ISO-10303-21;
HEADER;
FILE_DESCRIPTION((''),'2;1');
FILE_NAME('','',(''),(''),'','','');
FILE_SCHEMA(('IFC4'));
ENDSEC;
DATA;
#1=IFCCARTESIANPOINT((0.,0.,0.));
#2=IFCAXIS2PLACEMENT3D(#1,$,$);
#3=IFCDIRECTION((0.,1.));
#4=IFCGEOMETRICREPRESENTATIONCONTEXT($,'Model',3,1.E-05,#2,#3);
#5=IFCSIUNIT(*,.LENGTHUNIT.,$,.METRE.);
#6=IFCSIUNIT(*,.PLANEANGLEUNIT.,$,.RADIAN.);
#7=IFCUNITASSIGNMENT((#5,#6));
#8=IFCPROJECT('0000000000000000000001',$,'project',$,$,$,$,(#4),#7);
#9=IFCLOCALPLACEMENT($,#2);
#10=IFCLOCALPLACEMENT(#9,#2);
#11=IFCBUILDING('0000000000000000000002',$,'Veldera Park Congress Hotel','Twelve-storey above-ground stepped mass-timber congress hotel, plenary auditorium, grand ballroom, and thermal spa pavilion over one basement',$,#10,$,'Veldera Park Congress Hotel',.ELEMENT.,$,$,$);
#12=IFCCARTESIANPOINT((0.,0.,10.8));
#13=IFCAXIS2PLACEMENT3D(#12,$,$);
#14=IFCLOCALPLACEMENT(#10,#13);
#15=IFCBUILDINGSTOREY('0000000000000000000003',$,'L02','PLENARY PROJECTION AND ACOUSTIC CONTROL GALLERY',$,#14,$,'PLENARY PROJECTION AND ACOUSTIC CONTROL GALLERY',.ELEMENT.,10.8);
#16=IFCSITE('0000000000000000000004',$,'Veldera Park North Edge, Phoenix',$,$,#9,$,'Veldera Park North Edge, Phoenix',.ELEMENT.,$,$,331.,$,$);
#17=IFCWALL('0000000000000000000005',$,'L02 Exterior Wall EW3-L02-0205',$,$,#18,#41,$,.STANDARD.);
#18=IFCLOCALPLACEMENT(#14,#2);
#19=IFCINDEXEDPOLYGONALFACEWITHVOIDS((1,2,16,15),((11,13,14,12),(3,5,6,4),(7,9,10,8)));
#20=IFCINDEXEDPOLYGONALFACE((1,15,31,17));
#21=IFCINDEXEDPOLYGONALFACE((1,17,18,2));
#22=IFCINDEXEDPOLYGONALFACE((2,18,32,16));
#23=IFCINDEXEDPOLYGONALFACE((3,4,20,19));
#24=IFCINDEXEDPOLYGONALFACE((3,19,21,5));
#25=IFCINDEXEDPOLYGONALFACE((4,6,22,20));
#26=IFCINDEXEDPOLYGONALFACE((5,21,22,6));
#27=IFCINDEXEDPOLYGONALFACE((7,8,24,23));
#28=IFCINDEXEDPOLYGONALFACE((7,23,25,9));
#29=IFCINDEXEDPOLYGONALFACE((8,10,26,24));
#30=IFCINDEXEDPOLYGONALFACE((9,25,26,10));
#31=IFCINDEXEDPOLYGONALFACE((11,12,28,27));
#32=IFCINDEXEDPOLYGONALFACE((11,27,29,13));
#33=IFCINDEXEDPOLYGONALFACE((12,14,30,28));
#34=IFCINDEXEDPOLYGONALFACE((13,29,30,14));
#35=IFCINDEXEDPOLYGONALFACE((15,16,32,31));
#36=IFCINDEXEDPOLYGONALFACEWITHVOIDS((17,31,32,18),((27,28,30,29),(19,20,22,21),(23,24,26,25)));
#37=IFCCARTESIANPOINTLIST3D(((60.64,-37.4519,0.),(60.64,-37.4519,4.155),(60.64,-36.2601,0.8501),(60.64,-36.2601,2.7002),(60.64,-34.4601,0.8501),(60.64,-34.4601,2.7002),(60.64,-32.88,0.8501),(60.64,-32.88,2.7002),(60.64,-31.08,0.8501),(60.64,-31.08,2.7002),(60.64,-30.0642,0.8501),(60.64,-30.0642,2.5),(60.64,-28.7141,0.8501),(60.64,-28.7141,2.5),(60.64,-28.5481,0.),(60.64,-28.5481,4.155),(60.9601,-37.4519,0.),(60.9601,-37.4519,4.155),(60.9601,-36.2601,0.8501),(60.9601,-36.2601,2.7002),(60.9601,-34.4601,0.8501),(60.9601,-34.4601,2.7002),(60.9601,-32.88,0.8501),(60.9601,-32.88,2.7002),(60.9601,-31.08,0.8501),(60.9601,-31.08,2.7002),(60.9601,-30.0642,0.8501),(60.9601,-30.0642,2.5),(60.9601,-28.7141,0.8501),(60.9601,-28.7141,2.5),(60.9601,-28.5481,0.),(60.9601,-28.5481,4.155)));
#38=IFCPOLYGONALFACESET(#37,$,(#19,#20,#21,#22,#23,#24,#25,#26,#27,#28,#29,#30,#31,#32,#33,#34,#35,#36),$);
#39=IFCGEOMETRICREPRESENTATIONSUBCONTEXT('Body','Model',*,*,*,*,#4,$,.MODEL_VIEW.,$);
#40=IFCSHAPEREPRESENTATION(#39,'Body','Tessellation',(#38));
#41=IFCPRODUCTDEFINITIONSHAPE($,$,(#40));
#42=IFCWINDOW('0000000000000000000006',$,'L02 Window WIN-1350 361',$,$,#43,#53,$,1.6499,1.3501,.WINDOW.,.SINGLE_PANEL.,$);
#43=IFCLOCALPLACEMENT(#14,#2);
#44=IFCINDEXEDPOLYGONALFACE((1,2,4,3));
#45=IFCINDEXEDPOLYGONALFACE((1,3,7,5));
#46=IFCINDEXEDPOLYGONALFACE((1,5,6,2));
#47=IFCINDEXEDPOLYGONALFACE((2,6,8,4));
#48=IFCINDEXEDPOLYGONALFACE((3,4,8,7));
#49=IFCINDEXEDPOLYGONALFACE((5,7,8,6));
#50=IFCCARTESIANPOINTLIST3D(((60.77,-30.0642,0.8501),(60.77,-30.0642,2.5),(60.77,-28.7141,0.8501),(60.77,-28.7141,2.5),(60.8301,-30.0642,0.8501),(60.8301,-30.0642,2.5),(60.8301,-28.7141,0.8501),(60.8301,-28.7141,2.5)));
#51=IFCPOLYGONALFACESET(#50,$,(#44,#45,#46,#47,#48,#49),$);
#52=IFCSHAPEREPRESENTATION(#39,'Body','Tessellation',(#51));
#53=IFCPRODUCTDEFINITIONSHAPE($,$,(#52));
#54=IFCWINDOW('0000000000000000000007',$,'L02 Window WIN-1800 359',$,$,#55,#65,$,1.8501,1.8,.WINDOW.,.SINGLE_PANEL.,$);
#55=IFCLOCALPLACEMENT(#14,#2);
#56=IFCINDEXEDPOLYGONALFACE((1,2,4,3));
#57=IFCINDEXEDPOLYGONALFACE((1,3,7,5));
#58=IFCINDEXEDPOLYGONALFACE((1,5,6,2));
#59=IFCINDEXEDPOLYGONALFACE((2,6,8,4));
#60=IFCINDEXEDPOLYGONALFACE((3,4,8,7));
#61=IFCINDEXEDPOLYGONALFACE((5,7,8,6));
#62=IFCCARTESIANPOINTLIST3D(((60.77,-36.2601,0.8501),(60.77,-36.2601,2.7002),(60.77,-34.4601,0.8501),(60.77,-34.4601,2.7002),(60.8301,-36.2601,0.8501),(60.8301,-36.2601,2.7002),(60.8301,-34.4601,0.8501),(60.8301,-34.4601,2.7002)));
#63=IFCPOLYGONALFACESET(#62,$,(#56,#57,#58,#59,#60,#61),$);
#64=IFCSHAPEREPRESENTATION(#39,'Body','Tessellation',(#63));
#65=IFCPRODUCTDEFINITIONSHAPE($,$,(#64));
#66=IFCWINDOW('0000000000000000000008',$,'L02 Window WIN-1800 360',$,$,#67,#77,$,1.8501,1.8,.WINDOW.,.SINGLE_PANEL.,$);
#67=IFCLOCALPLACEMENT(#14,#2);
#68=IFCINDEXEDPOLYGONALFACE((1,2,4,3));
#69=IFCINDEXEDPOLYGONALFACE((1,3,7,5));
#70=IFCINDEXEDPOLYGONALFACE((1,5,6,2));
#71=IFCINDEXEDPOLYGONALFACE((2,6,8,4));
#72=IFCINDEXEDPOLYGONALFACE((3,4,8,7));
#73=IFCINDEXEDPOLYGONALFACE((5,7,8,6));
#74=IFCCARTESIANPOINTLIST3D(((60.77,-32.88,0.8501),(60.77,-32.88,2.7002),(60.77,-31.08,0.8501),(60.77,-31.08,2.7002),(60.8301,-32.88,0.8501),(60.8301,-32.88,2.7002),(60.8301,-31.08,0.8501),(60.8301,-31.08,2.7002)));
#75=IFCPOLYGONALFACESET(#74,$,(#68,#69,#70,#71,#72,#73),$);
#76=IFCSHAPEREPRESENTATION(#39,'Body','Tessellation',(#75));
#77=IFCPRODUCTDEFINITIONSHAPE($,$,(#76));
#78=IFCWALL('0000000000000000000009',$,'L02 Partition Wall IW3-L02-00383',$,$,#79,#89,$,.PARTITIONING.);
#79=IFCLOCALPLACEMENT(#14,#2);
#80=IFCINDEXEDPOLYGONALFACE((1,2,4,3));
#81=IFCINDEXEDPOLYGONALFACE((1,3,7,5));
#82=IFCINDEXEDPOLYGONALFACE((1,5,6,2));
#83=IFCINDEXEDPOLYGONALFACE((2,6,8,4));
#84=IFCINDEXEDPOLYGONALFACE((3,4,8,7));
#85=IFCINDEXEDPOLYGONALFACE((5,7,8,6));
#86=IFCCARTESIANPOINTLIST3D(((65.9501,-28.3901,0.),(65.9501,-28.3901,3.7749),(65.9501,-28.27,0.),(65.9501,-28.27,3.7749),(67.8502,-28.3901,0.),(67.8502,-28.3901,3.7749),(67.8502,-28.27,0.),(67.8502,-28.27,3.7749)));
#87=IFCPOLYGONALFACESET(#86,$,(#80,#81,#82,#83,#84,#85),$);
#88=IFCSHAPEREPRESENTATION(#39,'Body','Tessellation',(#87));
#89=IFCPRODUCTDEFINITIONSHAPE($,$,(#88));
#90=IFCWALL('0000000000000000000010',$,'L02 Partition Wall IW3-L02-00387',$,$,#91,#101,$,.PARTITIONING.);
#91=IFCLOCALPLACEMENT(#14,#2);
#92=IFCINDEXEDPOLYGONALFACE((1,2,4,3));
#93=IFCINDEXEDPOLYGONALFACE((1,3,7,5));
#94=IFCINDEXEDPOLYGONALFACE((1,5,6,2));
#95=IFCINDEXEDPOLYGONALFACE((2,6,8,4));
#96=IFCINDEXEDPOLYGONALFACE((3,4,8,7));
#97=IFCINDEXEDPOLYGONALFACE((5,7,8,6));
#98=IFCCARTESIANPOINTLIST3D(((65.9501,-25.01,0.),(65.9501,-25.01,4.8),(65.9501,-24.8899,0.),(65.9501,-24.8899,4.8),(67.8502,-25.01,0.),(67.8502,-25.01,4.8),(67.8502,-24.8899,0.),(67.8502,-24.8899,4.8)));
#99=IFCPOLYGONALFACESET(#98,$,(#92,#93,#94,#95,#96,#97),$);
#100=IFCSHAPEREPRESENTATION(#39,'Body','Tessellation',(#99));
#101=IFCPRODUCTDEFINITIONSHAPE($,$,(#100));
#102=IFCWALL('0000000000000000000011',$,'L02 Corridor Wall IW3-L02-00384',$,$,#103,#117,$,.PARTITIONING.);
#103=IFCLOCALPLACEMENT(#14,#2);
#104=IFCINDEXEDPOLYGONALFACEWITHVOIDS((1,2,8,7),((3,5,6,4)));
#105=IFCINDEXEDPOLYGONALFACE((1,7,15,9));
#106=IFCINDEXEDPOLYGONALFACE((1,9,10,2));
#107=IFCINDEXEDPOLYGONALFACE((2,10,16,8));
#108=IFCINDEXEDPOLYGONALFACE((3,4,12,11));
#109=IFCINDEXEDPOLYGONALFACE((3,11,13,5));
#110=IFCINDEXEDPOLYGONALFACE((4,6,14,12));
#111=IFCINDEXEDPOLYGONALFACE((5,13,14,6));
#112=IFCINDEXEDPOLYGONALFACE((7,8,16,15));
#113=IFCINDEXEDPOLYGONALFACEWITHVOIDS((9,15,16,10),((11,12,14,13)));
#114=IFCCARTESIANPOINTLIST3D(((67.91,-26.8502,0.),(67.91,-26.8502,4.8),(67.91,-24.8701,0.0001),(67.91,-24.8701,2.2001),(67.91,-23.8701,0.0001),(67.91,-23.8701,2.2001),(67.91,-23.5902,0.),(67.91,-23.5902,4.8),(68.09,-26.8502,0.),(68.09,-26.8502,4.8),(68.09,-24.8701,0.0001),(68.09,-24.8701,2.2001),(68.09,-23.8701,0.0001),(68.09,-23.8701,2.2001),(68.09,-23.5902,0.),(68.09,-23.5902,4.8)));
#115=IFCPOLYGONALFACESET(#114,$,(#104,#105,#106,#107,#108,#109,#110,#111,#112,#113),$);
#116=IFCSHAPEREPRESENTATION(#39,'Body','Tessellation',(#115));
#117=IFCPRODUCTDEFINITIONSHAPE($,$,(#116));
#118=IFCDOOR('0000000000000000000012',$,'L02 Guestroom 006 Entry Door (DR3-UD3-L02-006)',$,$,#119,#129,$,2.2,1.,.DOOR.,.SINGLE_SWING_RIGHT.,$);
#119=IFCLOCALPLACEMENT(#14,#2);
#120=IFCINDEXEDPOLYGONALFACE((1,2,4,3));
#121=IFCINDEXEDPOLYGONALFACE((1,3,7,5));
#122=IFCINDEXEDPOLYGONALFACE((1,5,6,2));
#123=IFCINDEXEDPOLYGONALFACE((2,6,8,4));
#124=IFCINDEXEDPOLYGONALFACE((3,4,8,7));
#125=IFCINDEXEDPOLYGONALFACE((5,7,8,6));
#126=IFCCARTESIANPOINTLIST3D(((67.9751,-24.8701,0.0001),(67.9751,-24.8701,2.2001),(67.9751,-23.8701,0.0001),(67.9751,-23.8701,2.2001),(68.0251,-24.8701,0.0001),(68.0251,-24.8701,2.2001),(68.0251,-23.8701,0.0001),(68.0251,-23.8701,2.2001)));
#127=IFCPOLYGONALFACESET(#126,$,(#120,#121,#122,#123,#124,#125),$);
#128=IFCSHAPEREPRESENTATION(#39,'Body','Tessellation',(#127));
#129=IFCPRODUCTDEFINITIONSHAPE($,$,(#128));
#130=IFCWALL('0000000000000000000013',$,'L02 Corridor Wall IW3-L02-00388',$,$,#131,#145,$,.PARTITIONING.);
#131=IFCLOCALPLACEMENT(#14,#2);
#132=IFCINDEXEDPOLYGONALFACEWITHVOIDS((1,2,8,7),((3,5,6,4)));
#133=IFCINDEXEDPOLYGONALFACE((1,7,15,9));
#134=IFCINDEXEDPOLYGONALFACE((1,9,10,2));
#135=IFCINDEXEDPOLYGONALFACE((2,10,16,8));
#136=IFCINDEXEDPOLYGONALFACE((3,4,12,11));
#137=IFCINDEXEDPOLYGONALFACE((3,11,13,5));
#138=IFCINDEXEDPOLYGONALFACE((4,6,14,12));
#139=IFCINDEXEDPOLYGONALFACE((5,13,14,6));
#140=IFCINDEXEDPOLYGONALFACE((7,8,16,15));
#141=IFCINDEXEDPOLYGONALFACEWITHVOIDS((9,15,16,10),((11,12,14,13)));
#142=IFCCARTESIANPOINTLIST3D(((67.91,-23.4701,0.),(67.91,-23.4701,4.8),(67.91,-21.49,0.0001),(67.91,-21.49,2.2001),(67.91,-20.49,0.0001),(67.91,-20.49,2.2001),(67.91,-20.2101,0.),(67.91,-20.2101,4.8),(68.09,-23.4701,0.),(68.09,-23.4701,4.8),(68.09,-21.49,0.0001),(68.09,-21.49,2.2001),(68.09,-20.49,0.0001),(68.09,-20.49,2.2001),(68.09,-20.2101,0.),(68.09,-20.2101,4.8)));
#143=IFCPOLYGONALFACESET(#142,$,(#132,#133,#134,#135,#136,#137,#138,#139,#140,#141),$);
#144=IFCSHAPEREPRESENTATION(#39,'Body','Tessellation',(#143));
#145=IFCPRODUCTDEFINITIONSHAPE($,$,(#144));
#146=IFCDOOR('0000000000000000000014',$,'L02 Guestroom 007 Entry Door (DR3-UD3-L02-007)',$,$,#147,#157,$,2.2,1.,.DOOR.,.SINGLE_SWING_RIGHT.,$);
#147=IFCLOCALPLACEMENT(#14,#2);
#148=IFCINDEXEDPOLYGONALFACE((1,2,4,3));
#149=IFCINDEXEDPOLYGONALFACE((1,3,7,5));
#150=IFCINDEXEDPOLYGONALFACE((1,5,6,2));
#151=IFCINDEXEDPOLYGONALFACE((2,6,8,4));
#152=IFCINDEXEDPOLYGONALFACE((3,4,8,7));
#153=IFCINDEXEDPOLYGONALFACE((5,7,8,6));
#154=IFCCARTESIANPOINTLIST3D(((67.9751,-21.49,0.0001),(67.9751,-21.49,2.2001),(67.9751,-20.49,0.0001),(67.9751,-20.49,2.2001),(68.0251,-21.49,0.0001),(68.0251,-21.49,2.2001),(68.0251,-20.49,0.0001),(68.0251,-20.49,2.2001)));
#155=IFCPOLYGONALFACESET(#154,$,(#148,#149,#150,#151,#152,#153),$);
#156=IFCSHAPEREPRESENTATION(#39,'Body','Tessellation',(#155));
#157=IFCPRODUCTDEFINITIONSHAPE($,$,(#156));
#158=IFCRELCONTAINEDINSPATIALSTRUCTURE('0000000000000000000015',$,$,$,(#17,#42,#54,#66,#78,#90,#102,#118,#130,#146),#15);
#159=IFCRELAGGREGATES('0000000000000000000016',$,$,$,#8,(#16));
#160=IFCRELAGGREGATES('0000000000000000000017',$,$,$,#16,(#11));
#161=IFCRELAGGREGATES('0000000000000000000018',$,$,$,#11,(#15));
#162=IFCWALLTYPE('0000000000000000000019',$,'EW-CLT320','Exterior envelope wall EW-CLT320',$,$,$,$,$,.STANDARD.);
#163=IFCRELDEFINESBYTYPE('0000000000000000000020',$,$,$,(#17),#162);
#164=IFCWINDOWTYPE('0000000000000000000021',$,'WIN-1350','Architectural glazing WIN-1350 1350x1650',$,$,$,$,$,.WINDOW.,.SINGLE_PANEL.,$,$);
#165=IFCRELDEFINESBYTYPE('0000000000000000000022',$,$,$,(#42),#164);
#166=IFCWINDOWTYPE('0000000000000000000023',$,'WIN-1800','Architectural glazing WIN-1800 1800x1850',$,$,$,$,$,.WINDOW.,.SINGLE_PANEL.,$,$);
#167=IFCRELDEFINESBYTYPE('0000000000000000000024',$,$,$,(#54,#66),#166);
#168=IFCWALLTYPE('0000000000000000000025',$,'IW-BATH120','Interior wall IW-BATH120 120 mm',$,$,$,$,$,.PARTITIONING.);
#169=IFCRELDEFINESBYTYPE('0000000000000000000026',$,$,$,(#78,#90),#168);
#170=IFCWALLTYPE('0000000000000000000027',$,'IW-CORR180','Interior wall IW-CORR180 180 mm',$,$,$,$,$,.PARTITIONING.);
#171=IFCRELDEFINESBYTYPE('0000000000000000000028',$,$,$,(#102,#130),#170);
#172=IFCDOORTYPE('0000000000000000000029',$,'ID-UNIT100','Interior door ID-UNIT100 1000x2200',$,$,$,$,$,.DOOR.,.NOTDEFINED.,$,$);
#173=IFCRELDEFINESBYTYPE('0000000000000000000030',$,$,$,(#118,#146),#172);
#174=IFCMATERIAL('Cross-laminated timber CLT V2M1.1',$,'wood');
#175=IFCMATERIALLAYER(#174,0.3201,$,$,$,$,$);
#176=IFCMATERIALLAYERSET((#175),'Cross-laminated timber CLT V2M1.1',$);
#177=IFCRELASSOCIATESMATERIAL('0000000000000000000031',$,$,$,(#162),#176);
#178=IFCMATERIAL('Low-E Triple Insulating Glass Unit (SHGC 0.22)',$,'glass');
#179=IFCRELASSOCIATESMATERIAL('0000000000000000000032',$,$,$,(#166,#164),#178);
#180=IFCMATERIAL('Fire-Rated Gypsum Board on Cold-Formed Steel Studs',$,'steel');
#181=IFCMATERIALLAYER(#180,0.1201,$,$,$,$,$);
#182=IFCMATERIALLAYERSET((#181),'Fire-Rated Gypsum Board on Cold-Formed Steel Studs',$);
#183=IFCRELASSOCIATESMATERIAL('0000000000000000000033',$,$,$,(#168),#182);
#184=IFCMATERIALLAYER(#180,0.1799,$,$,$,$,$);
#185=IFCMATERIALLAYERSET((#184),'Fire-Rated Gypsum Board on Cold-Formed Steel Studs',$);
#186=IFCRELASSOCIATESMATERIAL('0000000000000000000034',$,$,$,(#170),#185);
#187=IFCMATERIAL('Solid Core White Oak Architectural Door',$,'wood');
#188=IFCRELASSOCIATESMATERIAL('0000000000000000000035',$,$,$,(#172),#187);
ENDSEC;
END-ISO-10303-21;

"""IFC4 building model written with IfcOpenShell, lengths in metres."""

from ifc_helpers import new_model, si_unit, direction, frame, frame_2d, origin, place, context, subcontext, project, spatial, rectangle, extrude, material, layer, layer_set, type_object, element, fill, save


model = new_model("IFC4")

# Units and contexts
model_context = context("Model", 3, precision=1e-05, world=origin(), true_north=direction((0.0, 1.0)))
body_context = subcontext(model_context, "Body", "Model", "MODEL_VIEW")
ifc_project = project(units=[si_unit("LENGTHUNIT", "METRE"), si_unit("PLANEANGLEUNIT", "RADIAN")], contexts=[model_context])

# Site, building, storey
site_placement = place(None, origin())
site = spatial("IfcSite", under=ifc_project, at=site_placement, Name="Veldera Park North Edge, Phoenix", LongName="Veldera Park North Edge, Phoenix", CompositionType="ELEMENT", RefElevation=331.0)
building_placement = place(site_placement, origin())
building = spatial("IfcBuilding", under=site, at=building_placement, Name="Veldera Park Congress Hotel", Description="Twelve-storey above-ground stepped mass-timber congress hotel, plenary auditorium, grand ballroom, and thermal spa pavilion over one basement", LongName="Veldera Park Congress Hotel", CompositionType="ELEMENT")
storey_placement = place(building_placement, frame((0.0, 0.0, 10.8)))
storey = spatial("IfcBuildingStorey", under=building, at=storey_placement, Name="L02", Description="PLENARY PROJECTION AND ACOUSTIC CONTROL GALLERY", LongName="PLENARY PROJECTION AND ACOUSTIC CONTROL GALLERY", CompositionType="ELEMENT", Elevation=10.8)

# Shared definitions
ifc_material_1 = material(Name="Cross-laminated timber CLT V2M1.1", Category="wood")
ifc_layer_1 = layer(ifc_material_1, 0.3201)
ifc_layer_set_1 = layer_set([ifc_layer_1], Name="Cross-laminated timber CLT V2M1.1")
wall_type_1 = type_object("IfcWallType", Name="EW-CLT320", Description="Exterior envelope wall EW-CLT320", PredefinedType="STANDARD", material=ifc_layer_set_1)
ifc_material_2 = material(Name="Low-E Triple Insulating Glass Unit (SHGC 0.22)", Category="glass")
window_type_1 = type_object("IfcWindowType", Name="WIN-1800", Description="Architectural glazing WIN-1800 1800x1850", PartitioningType="SINGLE_PANEL", PredefinedType="WINDOW", material=ifc_material_2)

# Wall, openings, windows
wall_1_placement = place(storey_placement, frame((60.8, -28.5481, 0.0), z_axis=(0.0, 0.0, 1.0), x_axis=(0.0, -1.0, 0.0)))
wall_1 = element("IfcWall", 1, at=wall_1_placement, inside=storey, type_object=wall_type_1, Name="L02 Exterior Wall EW3-L02-0205", PredefinedType="STANDARD", context=body_context, shape_type="SweptSolid", body=[
    extrude(rectangle(XDim=8.9038, YDim=0.3201, at=frame_2d((4.4519, 0.0))), origin(), (0.0, 0.0, 1.0), 4.155),
])
opening_1_placement = place(wall_1_placement, frame((5.9121, 0.0, 0.8501)))
opening_1 = element("IfcOpeningElement", 2, at=opening_1_placement, cuts=wall_1, PredefinedType="OPENING", context=body_context, shape_type="SweptSolid", body=[
    extrude(rectangle(XDim=1.8, YDim=1.8501, at=frame_2d((0.8999, 0.925))), frame((0.0, 0.1721, 0.0), z_axis=(0.0, -1.0, 0.0), x_axis=(1.0, 0.0, 0.0)), (0.0, 0.0, 1.0), 0.344),
])
opening_2_placement = place(wall_1_placement, frame((2.532, 0.0, 0.8501)))
opening_2 = element("IfcOpeningElement", 3, at=opening_2_placement, cuts=wall_1, PredefinedType="OPENING", context=body_context, shape_type="SweptSolid", body=[
    extrude(rectangle(XDim=1.8, YDim=1.8501, at=frame_2d((0.8999, 0.925))), frame((0.0, 0.1721, 0.0), z_axis=(0.0, -1.0, 0.0), x_axis=(1.0, 0.0, 0.0)), (0.0, 0.0, 1.0), 0.344),
])
opening_3_placement = place(wall_1_placement, frame((0.166, 0.0, 0.8501)))
opening_3 = element("IfcOpeningElement", 4, at=opening_3_placement, cuts=wall_1, PredefinedType="OPENING", context=body_context, shape_type="SweptSolid", body=[
    extrude(rectangle(XDim=1.3501, YDim=1.6499, at=frame_2d((0.675, 0.825))), frame((0.0, 0.1721, 0.0), z_axis=(0.0, -1.0, 0.0), x_axis=(1.0, 0.0, 0.0)), (0.0, 0.0, 1.0), 0.344),
])
window_type_2 = type_object("IfcWindowType", Name="WIN-1350", Description="Architectural glazing WIN-1350 1350x1650", PartitioningType="SINGLE_PANEL", PredefinedType="WINDOW", material=ifc_material_2)
window_1_placement = place(opening_3_placement, origin())
window_1 = element("IfcWindow", 5, at=window_1_placement, inside=storey, type_object=window_type_2, Name="L02 Window WIN-1350 361", OverallHeight=1.6499, OverallWidth=1.3501, PartitioningType="SINGLE_PANEL", PredefinedType="WINDOW", context=body_context, shape_type="SweptSolid", body=[
    extrude(rectangle(XDim=1.3501, YDim=1.6499, at=frame_2d((0.675, 0.825))), frame((0.0, 0.03, 0.0), z_axis=(0.0, -1.0, 0.0), x_axis=(1.0, 0.0, 0.0)), (0.0, 0.0, 1.0), 0.0601),
])
fill(opening_3, window_1)
window_2_placement = place(opening_1_placement, origin())
window_2 = element("IfcWindow", 6, at=window_2_placement, inside=storey, type_object=window_type_1, Name="L02 Window WIN-1800 359", OverallHeight=1.8501, OverallWidth=1.8, PartitioningType="SINGLE_PANEL", PredefinedType="WINDOW", context=body_context, shape_type="SweptSolid", body=[
    extrude(rectangle(XDim=1.8, YDim=1.8501, at=frame_2d((0.8999, 0.925))), frame((0.0, 0.03, 0.0), z_axis=(0.0, -1.0, 0.0), x_axis=(1.0, 0.0, 0.0)), (0.0, 0.0, 1.0), 0.0601),
])
fill(opening_1, window_2)
window_3_placement = place(opening_2_placement, origin())
window_3 = element("IfcWindow", 7, at=window_3_placement, inside=storey, type_object=window_type_1, Name="L02 Window WIN-1800 360", OverallHeight=1.8501, OverallWidth=1.8, PartitioningType="SINGLE_PANEL", PredefinedType="WINDOW", context=body_context, shape_type="SweptSolid", body=[
    extrude(rectangle(XDim=1.8, YDim=1.8501, at=frame_2d((0.8999, 0.925))), frame((0.0, 0.03, 0.0), z_axis=(0.0, -1.0, 0.0), x_axis=(1.0, 0.0, 0.0)), (0.0, 0.0, 1.0), 0.0601),
])
fill(opening_2, window_3)

# Shared definitions
ifc_material_3 = material(Name="Fire-Rated Gypsum Board on Cold-Formed Steel Studs", Category="steel")
ifc_layer_2 = layer(ifc_material_3, 0.1201)
ifc_layer_set_2 = layer_set([ifc_layer_2], Name="Fire-Rated Gypsum Board on Cold-Formed Steel Studs")
wall_type_2 = type_object("IfcWallType", Name="IW-BATH120", Description="Interior wall IW-BATH120 120 mm", PredefinedType="PARTITIONING", material=ifc_layer_set_2)
ifc_material_4 = material(Name="Solid Core White Oak Architectural Door", Category="wood")

# Wall
wall_2_placement = place(storey_placement, frame((65.95, -28.3301, 0.0), z_axis=(0.0, 0.0, 1.0), x_axis=(1.0, 0.0, 0.0)))
element("IfcWall", 8, at=wall_2_placement, inside=storey, type_object=wall_type_2, Name="L02 Partition Wall IW3-L02-00383", PredefinedType="PARTITIONING", context=body_context, shape_type="SweptSolid", body=[
    extrude(rectangle(XDim=1.9001, YDim=0.1201, at=frame_2d((0.9502, 0.0))), origin(), (0.0, 0.0, 1.0), 3.7749),
])

# Wall
wall_3_placement = place(storey_placement, frame((65.95, -24.95, 0.0), z_axis=(0.0, 0.0, 1.0), x_axis=(1.0, 0.0, 0.0)))
element("IfcWall", 9, at=wall_3_placement, inside=storey, type_object=wall_type_2, Name="L02 Partition Wall IW3-L02-00387", PredefinedType="PARTITIONING", context=body_context, shape_type="SweptSolid", body=[
    extrude(rectangle(XDim=1.9001, YDim=0.1201, at=frame_2d((0.9502, 0.0))), origin(), (0.0, 0.0, 1.0), 4.8),
])

# Walls, openings, doors
ifc_layer_3 = layer(ifc_material_3, 0.1799)
ifc_layer_set_3 = layer_set([ifc_layer_3], Name="Fire-Rated Gypsum Board on Cold-Formed Steel Studs")
wall_type_3 = type_object("IfcWallType", Name="IW-CORR180", Description="Interior wall IW-CORR180 180 mm", PredefinedType="PARTITIONING", material=ifc_layer_set_3)
wall_4_placement = place(storey_placement, frame((68.0, -26.8501, 0.0), z_axis=(0.0, 0.0, 1.0), x_axis=(0.0, 1.0, 0.0)))
wall_4 = element("IfcWall", 10, at=wall_4_placement, inside=storey, type_object=wall_type_3, Name="L02 Corridor Wall IW3-L02-00384", PredefinedType="PARTITIONING", context=body_context, shape_type="SweptSolid", body=[
    extrude(rectangle(XDim=3.26, YDim=0.1799, at=frame_2d((1.6299, 0.0))), origin(), (0.0, 0.0, 1.0), 4.8),
])
opening_4_placement = place(wall_4_placement, frame((1.98, 0.0, 0.0)))
opening_4 = element("IfcOpeningElement", 11, at=opening_4_placement, cuts=wall_4, PredefinedType="OPENING", context=body_context, shape_type="SweptSolid", body=[
    extrude(rectangle(XDim=1.0, YDim=2.2, at=frame_2d((0.5, 1.1001))), frame((0.0, 0.1021, 0.0), z_axis=(0.0, -1.0, 0.0), x_axis=(1.0, 0.0, 0.0)), (0.0, 0.0, 1.0), 0.2039),
])
door_type_1 = type_object("IfcDoorType", Name="ID-UNIT100", Description="Interior door ID-UNIT100 1000x2200", OperationType="NOTDEFINED", PredefinedType="DOOR", material=ifc_material_4)
door_1_placement = place(opening_4_placement, origin())
door_1 = element("IfcDoor", 12, at=door_1_placement, inside=storey, type_object=door_type_1, Name="L02 Guestroom 006 Entry Door (DR3-UD3-L02-006)", OperationType="SINGLE_SWING_RIGHT", OverallHeight=2.2, OverallWidth=1.0, PredefinedType="DOOR", context=body_context, shape_type="SweptSolid", body=[
    extrude(rectangle(XDim=1.0, YDim=2.2, at=frame_2d((0.5, 1.1001))), frame((0.0, 0.0249, 0.0), z_axis=(0.0, -1.0, 0.0), x_axis=(1.0, 0.0, 0.0)), (0.0, 0.0, 1.0), 0.05),
])
fill(opening_4, door_1)
wall_5_placement = place(storey_placement, frame((68.0, -23.47, 0.0), z_axis=(0.0, 0.0, 1.0), x_axis=(0.0, 1.0, 0.0)))
wall_5 = element("IfcWall", 13, at=wall_5_placement, inside=storey, type_object=wall_type_3, Name="L02 Corridor Wall IW3-L02-00388", PredefinedType="PARTITIONING", context=body_context, shape_type="SweptSolid", body=[
    extrude(rectangle(XDim=3.26, YDim=0.1799, at=frame_2d((1.6299, 0.0))), origin(), (0.0, 0.0, 1.0), 4.8),
])
opening_5_placement = place(wall_5_placement, frame((1.98, 0.0, 0.0)))
opening_5 = element("IfcOpeningElement", 14, at=opening_5_placement, cuts=wall_5, PredefinedType="OPENING", context=body_context, shape_type="SweptSolid", body=[
    extrude(rectangle(XDim=1.0, YDim=2.2, at=frame_2d((0.5, 1.1001))), frame((0.0, 0.1021, 0.0), z_axis=(0.0, -1.0, 0.0), x_axis=(1.0, 0.0, 0.0)), (0.0, 0.0, 1.0), 0.2039),
])
door_2_placement = place(opening_5_placement, origin())
door_2 = element("IfcDoor", 15, at=door_2_placement, inside=storey, type_object=door_type_1, Name="L02 Guestroom 007 Entry Door (DR3-UD3-L02-007)", OperationType="SINGLE_SWING_RIGHT", OverallHeight=2.2, OverallWidth=1.0, PredefinedType="DOOR", context=body_context, shape_type="SweptSolid", body=[
    extrude(rectangle(XDim=1.0, YDim=2.2, at=frame_2d((0.5, 1.1001))), frame((0.0, 0.0249, 0.0), z_axis=(0.0, -1.0, 0.0), x_axis=(1.0, 0.0, 0.0)), (0.0, 0.0, 1.0), 0.05),
])
fill(opening_5, door_2)

save(model, "model.ifc")
